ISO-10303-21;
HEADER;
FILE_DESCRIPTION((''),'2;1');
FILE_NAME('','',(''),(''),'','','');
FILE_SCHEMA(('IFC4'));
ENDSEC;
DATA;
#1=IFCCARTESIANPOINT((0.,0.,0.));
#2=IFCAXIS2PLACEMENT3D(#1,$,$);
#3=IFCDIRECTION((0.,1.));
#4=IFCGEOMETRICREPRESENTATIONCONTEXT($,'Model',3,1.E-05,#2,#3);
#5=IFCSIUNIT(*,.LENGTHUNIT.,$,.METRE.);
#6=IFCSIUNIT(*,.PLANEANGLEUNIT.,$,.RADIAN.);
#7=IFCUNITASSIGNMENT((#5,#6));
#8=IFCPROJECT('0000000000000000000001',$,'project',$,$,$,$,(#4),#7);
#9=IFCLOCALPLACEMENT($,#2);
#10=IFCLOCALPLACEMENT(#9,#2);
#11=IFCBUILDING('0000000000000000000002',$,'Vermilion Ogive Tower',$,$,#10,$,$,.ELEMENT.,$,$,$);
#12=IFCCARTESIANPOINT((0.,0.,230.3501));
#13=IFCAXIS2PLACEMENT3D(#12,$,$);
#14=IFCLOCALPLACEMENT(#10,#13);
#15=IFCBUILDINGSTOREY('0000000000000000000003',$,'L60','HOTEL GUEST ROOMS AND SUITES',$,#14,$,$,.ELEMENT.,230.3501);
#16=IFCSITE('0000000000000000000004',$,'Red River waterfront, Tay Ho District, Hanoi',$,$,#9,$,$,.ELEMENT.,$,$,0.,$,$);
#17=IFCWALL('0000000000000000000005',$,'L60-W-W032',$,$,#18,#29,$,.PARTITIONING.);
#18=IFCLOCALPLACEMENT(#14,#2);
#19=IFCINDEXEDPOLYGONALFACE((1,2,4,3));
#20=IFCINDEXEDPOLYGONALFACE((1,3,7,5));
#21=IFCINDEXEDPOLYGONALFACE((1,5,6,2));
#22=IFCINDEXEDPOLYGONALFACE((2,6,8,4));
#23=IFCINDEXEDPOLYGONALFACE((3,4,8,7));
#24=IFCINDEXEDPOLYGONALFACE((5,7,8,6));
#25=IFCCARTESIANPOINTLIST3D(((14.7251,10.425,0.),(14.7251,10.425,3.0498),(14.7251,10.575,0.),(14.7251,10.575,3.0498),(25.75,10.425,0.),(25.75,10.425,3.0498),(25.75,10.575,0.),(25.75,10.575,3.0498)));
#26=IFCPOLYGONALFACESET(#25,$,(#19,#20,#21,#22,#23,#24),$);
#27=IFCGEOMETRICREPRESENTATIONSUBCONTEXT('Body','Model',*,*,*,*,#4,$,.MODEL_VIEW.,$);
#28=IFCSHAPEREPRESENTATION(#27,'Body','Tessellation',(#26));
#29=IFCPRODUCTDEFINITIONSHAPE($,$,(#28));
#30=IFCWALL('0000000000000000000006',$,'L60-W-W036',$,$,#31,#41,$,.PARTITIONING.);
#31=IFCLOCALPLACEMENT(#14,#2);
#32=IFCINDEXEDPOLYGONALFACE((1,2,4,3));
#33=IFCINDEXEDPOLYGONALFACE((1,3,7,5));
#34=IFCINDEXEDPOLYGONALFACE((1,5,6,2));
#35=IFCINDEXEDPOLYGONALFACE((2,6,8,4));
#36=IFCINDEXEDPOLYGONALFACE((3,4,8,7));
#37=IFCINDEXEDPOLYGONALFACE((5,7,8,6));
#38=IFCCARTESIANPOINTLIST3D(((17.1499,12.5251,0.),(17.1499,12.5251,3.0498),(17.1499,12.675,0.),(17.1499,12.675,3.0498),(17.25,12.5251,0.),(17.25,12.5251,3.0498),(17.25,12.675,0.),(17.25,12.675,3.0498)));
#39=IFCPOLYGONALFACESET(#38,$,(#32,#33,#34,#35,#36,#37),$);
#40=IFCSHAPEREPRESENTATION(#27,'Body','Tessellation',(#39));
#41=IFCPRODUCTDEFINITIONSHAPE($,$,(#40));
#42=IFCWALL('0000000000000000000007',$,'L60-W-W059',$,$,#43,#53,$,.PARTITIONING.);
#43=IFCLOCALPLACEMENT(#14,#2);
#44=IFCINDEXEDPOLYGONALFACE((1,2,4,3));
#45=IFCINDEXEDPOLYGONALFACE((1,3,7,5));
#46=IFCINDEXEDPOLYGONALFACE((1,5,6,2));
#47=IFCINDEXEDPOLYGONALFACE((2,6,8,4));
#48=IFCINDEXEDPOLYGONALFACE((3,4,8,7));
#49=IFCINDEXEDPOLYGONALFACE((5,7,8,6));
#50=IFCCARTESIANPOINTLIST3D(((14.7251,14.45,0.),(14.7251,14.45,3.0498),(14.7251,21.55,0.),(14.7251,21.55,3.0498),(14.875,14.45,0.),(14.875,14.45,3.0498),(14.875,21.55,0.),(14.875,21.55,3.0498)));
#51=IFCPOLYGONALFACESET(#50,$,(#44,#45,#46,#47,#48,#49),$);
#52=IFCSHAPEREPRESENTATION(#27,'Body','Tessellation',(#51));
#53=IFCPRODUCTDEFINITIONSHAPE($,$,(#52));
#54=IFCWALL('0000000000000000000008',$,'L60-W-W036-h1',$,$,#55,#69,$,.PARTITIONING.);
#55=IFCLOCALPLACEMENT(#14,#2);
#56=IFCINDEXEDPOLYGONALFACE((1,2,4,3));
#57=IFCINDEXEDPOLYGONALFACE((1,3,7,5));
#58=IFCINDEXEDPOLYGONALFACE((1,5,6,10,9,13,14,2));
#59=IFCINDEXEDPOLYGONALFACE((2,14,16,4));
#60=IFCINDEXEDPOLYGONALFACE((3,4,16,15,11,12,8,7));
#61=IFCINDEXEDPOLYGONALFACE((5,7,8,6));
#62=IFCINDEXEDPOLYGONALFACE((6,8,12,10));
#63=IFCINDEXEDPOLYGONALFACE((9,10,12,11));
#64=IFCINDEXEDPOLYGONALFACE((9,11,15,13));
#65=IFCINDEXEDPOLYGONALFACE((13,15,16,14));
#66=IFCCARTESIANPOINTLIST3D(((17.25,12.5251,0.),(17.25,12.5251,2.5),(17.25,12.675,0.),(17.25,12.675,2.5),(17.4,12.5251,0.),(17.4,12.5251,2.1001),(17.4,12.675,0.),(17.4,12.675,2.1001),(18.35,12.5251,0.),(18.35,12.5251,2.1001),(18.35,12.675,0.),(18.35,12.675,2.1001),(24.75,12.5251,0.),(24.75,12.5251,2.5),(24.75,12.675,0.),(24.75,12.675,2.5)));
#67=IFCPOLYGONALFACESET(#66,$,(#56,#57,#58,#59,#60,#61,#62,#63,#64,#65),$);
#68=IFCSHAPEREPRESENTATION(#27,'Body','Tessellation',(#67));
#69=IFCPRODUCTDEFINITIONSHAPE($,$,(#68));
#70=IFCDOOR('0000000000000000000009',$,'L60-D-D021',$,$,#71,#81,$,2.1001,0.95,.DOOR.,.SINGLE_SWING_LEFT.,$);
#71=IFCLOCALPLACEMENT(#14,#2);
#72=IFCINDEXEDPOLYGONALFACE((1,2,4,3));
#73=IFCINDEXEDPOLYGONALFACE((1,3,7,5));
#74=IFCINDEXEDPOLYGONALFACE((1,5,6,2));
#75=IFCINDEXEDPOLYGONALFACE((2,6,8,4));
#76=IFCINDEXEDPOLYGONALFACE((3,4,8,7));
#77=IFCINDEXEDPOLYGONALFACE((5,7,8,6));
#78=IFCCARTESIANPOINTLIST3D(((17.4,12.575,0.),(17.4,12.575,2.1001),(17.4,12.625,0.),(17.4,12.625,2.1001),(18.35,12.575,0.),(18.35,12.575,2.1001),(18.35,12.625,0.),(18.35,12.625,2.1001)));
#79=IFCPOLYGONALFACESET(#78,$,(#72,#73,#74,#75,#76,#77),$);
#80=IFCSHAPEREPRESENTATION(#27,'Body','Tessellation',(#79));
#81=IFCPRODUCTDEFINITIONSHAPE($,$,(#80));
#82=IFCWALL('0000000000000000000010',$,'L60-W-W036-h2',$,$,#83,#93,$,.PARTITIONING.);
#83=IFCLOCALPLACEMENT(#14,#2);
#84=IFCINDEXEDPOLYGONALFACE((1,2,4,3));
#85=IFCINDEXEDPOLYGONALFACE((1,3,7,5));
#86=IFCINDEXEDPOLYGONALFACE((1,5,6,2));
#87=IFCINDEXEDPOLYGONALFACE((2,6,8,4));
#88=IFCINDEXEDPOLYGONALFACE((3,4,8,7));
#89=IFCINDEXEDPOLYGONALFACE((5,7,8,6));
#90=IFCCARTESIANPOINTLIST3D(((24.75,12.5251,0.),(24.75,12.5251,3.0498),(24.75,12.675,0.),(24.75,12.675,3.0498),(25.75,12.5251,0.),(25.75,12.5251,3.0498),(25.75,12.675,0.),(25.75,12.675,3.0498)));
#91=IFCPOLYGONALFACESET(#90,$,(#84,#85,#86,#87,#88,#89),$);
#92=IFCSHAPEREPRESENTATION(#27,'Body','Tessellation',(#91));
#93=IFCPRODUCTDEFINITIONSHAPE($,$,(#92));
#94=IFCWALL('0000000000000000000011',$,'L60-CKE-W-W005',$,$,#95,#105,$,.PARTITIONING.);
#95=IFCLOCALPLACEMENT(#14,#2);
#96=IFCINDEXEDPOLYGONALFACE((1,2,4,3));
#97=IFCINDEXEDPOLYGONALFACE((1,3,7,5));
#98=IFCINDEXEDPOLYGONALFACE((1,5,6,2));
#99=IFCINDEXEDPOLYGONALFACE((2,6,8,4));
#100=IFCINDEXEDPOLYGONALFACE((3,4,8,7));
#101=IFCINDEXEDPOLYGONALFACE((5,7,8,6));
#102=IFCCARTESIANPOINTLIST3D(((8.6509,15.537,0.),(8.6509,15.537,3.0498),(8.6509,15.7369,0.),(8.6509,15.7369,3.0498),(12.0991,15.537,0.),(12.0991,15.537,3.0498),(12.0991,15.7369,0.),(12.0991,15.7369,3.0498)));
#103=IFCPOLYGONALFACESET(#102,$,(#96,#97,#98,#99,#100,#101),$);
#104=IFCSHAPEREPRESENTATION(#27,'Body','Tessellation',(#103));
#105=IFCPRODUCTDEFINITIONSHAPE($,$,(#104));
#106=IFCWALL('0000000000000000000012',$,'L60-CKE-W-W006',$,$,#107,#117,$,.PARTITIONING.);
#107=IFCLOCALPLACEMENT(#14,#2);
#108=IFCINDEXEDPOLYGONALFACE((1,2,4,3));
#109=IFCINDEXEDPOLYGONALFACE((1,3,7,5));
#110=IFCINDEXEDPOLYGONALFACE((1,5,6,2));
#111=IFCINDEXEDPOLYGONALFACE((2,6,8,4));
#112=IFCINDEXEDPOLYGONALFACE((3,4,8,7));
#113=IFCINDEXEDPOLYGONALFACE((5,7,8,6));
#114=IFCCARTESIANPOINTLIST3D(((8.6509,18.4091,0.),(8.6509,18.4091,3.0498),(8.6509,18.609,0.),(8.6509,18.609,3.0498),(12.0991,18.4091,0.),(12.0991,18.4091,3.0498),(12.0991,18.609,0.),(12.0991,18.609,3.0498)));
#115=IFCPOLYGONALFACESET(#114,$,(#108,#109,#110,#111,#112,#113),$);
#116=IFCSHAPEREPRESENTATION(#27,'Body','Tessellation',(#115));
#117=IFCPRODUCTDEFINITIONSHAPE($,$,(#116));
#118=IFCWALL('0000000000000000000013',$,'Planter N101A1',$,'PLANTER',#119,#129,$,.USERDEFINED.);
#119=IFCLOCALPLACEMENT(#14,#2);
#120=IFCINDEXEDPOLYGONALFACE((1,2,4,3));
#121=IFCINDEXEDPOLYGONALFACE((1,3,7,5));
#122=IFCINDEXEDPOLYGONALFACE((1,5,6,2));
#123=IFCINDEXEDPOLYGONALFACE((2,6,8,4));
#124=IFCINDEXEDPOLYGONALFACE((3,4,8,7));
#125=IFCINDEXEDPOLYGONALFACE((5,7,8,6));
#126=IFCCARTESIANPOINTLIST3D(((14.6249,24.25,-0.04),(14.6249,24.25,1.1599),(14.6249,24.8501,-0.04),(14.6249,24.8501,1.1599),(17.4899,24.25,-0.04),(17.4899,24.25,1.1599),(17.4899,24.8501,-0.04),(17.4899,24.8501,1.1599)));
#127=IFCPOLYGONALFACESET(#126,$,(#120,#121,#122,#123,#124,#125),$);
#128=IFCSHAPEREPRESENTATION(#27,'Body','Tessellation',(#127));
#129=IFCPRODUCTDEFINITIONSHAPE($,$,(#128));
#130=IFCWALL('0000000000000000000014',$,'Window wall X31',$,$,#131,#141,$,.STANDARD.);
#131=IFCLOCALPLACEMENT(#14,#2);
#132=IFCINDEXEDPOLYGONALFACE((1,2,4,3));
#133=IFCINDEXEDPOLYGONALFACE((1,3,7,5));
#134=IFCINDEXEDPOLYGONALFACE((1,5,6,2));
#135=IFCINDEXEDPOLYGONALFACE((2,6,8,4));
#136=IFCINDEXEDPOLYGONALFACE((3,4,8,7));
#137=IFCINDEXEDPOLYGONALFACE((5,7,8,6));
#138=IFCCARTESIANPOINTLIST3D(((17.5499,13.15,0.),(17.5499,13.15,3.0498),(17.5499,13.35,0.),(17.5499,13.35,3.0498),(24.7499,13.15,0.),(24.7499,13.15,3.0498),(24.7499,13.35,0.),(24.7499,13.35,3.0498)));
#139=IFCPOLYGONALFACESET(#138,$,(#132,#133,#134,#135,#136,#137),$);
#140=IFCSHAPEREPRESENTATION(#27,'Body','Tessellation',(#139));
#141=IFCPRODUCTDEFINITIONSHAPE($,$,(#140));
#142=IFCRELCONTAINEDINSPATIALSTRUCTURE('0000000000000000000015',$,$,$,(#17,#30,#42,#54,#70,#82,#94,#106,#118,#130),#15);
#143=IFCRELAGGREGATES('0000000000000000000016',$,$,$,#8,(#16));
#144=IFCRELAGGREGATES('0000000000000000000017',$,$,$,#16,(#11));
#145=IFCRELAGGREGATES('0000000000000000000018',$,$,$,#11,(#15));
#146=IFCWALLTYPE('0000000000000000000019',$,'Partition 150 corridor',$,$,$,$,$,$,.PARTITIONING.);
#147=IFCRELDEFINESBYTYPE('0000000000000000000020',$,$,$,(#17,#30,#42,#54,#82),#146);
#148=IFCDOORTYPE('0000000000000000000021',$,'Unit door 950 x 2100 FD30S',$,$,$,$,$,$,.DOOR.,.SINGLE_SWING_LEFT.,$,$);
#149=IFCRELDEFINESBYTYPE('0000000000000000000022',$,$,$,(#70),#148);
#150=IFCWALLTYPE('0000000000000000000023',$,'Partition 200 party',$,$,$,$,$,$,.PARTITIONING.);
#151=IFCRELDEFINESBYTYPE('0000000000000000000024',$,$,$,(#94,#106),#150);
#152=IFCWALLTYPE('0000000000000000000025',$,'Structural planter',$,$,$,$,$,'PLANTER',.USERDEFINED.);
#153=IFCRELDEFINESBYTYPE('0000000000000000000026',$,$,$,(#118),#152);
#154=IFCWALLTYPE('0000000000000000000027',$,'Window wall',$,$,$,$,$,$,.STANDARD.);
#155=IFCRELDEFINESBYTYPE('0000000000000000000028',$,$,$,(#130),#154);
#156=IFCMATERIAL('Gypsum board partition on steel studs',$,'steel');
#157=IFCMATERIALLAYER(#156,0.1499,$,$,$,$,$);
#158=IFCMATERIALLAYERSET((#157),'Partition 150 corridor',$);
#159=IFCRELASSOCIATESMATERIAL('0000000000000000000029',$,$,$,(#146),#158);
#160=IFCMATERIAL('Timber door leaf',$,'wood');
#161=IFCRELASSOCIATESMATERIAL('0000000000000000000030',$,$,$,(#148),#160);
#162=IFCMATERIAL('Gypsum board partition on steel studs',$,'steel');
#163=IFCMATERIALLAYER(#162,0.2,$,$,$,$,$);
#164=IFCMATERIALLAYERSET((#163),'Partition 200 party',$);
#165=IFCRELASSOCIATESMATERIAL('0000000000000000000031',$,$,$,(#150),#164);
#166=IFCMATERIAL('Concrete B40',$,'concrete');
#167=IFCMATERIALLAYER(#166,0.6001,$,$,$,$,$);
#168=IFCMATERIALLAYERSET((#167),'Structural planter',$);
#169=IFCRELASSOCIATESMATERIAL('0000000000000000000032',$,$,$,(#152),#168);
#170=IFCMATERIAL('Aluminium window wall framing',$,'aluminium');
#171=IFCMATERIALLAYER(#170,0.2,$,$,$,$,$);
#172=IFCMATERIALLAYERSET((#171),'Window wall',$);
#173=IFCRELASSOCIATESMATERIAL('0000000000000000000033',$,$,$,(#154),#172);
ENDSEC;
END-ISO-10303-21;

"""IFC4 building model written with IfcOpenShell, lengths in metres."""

from ifc_helpers import new_model, si_unit, direction, frame, frame_2d, origin, place, context, subcontext, project, spatial, rectangle, extrude, material, layer, layer_set, type_object, element, fill, save


model = new_model("IFC4")

# Units and contexts
model_context = context("Model", 3, precision=1e-05, world=origin(), true_north=direction((0.0, 1.0)))
body_context = subcontext(model_context, "Body", "Model", "MODEL_VIEW")
ifc_project = project(units=[si_unit("LENGTHUNIT", "METRE"), si_unit("PLANEANGLEUNIT", "RADIAN")], contexts=[model_context])

# Site, building, storey
site_placement = place(None, origin())
site = spatial("IfcSite", under=ifc_project, at=site_placement, Name="Red River waterfront, Tay Ho District, Hanoi", CompositionType="ELEMENT", RefElevation=0.0)
building_placement = place(site_placement, origin())
building = spatial("IfcBuilding", under=site, at=building_placement, Name="Vermilion Ogive Tower", CompositionType="ELEMENT")
storey_placement = place(building_placement, frame((0.0, 0.0, 230.3501)))
storey = spatial("IfcBuildingStorey", under=building, at=storey_placement, Name="L60", Description="HOTEL GUEST ROOMS AND SUITES", CompositionType="ELEMENT", Elevation=230.3501)

# Walls
ifc_material_1 = material(Name="Gypsum board partition on steel studs", Category="steel")
ifc_layer_1 = layer(ifc_material_1, 0.1499)
ifc_layer_set_1 = layer_set([ifc_layer_1], Name="Partition 150 corridor")
wall_type_1 = type_object("IfcWallType", Name="Partition 150 corridor", PredefinedType="PARTITIONING", material=ifc_layer_set_1)
wall_1_placement = place(storey_placement, frame((14.7251, 10.5, 0.0), z_axis=(0.0, 0.0, 1.0), x_axis=(1.0, 0.0, 0.0)))
element("IfcWall", 1, at=wall_1_placement, inside=storey, type_object=wall_type_1, Name="L60-W-W032", PredefinedType="PARTITIONING", context=body_context, shape_type="SweptSolid", body=[
    extrude(rectangle(XDim=11.0249, YDim=0.1499, at=frame_2d((5.5125, 0.0))), origin(), (0.0, 0.0, 1.0), 3.0498),
])
wall_2_placement = place(storey_placement, frame((17.1499, 12.6001, 0.0), z_axis=(0.0, 0.0, 1.0), x_axis=(1.0, 0.0, 0.0)))
element("IfcWall", 2, at=wall_2_placement, inside=storey, type_object=wall_type_1, Name="L60-W-W036", PredefinedType="PARTITIONING", context=body_context, shape_type="SweptSolid", body=[
    extrude(rectangle(XDim=0.1001, YDim=0.1499, at=frame_2d((0.05, 0.0))), origin(), (0.0, 0.0, 1.0), 3.0498),
])
wall_3_placement = place(storey_placement, frame((14.8, 14.45, 0.0), z_axis=(0.0, 0.0, 1.0), x_axis=(0.0, 1.0, 0.0)))
element("IfcWall", 3, at=wall_3_placement, inside=storey, type_object=wall_type_1, Name="L60-W-W059", PredefinedType="PARTITIONING", context=body_context, shape_type="SweptSolid", body=[
    extrude(rectangle(XDim=7.1001, YDim=0.1499, at=frame_2d((3.55, 0.0))), origin(), (0.0, 0.0, 1.0), 3.0498),
])

# Wall, opening, door
wall_4_placement = place(storey_placement, frame((17.25, 12.6001, 0.0), z_axis=(0.0, 0.0, 1.0), x_axis=(1.0, 0.0, 0.0)))
wall_4 = element("IfcWall", 4, at=wall_4_placement, inside=storey, type_object=wall_type_1, Name="L60-W-W036-h1", PredefinedType="PARTITIONING", context=body_context, shape_type="SweptSolid", body=[
    extrude(rectangle(XDim=7.5, YDim=0.1499, at=frame_2d((3.75, 0.0))), origin(), (0.0, 0.0, 1.0), 2.5),
])
opening_1_placement = place(wall_4_placement, frame((0.1499, 0.0, 0.0)))
opening_1 = element("IfcOpeningElement", 5, at=opening_1_placement, cuts=wall_4, PredefinedType="OPENING", context=body_context, shape_type="SweptSolid", body=[
    extrude(rectangle(XDim=0.95, YDim=2.1001, at=frame_2d((0.4751, 1.05))), frame((0.0, 0.085, 0.0), z_axis=(0.0, -1.0, 0.0), x_axis=(1.0, 0.0, 0.0)), (0.0, 0.0, 1.0), 0.1699),
])
ifc_material_2 = material(Name="Timber door leaf", Category="wood")
door_type_1 = type_object("IfcDoorType", Name="Unit door 950 x 2100 FD30S", OperationType="SINGLE_SWING_LEFT", PredefinedType="DOOR", material=ifc_material_2)
door_1_placement = place(opening_1_placement, origin())
door_1 = element("IfcDoor", 6, at=door_1_placement, inside=storey, type_object=door_type_1, Name="L60-D-D021", OperationType="SINGLE_SWING_LEFT", OverallHeight=2.1001, OverallWidth=0.95, PredefinedType="DOOR", context=body_context, shape_type="SweptSolid", body=[
    extrude(rectangle(XDim=0.95, YDim=2.1001, at=frame_2d((0.4751, 1.05))), frame((0.0, 0.0249, 0.0), z_axis=(0.0, -1.0, 0.0), x_axis=(1.0, 0.0, 0.0)), (0.0, 0.0, 1.0), 0.05),
])
fill(opening_1, door_1)

# Walls
wall_5_placement = place(storey_placement, frame((24.75, 12.6001, 0.0), z_axis=(0.0, 0.0, 1.0), x_axis=(1.0, 0.0, 0.0)))
element("IfcWall", 7, at=wall_5_placement, inside=storey, type_object=wall_type_1, Name="L60-W-W036-h2", PredefinedType="PARTITIONING", context=body_context, shape_type="SweptSolid", body=[
    extrude(rectangle(XDim=1.0, YDim=0.1499, at=frame_2d((0.5, 0.0))), origin(), (0.0, 0.0, 1.0), 3.0498),
])
ifc_material_3 = material(Name="Gypsum board partition on steel studs", Category="steel")
ifc_layer_2 = layer(ifc_material_3, 0.2)
ifc_layer_set_2 = layer_set([ifc_layer_2], Name="Partition 200 party")
wall_type_2 = type_object("IfcWallType", Name="Partition 200 party", PredefinedType="PARTITIONING", material=ifc_layer_set_2)
for number, where, z_axis, x_axis, name in (
    (8, (8.6509, 15.637, 0.0), (0.0, 0.0, 1.0), (1.0, 0.0, 0.0), "L60-CKE-W-W005"),
    (9, (8.6509, 18.509, 0.0), (0.0, 0.0, 1.0), (1.0, 0.0, 0.0), "L60-CKE-W-W006"),
):
    element("IfcWall", number, at=place(storey_placement, frame(where, z_axis=z_axis, x_axis=x_axis)), inside=storey, type_object=wall_type_2, Name=name, PredefinedType="PARTITIONING", context=body_context, shape_type="SweptSolid", body=[
        extrude(rectangle(XDim=3.4482, YDim=0.2, at=frame_2d((1.7241, 0.0))), origin(), (0.0, 0.0, 1.0), 3.0498),
    ])
ifc_material_4 = material(Name="Concrete B40", Category="concrete")
ifc_layer_3 = layer(ifc_material_4, 0.6001)
ifc_layer_set_3 = layer_set([ifc_layer_3], Name="Structural planter")
wall_type_3 = type_object("IfcWallType", Name="Structural planter", ElementType="PLANTER", PredefinedType="USERDEFINED", material=ifc_layer_set_3)
wall_6_placement = place(storey_placement, frame((17.49, 24.55, -0.04), z_axis=(0.0, 0.0, 1.0), x_axis=(-1.0, 0.0, 0.0)))
element("IfcWall", 10, at=wall_6_placement, inside=storey, type_object=wall_type_3, Name="Planter N101A1", ObjectType="PLANTER", PredefinedType="USERDEFINED", context=body_context, shape_type="SweptSolid", body=[
    extrude(rectangle(XDim=2.865, YDim=0.6001, at=frame_2d((1.4326, 0.0))), origin(), (0.0, 0.0, 1.0), 1.2),
])
ifc_material_5 = material(Name="Aluminium window wall framing", Category="aluminium")
ifc_layer_4 = layer(ifc_material_5, 0.2)
ifc_layer_set_4 = layer_set([ifc_layer_4], Name="Window wall")
wall_type_4 = type_object("IfcWallType", Name="Window wall", PredefinedType="STANDARD", material=ifc_layer_set_4)
wall_7_placement = place(storey_placement, frame((24.75, 13.25, 0.0), z_axis=(0.0, 0.0, 1.0), x_axis=(-1.0, 0.0, 0.0)))
element("IfcWall", 11, at=wall_7_placement, inside=storey, type_object=wall_type_4, Name="Window wall X31", PredefinedType="STANDARD", context=body_context, shape_type="SweptSolid", body=[
    extrude(rectangle(XDim=7.2, YDim=0.2, at=frame_2d((3.6001, 0.0))), origin(), (0.0, 0.0, 1.0), 3.0498),
])

save(model, "model.ifc")
